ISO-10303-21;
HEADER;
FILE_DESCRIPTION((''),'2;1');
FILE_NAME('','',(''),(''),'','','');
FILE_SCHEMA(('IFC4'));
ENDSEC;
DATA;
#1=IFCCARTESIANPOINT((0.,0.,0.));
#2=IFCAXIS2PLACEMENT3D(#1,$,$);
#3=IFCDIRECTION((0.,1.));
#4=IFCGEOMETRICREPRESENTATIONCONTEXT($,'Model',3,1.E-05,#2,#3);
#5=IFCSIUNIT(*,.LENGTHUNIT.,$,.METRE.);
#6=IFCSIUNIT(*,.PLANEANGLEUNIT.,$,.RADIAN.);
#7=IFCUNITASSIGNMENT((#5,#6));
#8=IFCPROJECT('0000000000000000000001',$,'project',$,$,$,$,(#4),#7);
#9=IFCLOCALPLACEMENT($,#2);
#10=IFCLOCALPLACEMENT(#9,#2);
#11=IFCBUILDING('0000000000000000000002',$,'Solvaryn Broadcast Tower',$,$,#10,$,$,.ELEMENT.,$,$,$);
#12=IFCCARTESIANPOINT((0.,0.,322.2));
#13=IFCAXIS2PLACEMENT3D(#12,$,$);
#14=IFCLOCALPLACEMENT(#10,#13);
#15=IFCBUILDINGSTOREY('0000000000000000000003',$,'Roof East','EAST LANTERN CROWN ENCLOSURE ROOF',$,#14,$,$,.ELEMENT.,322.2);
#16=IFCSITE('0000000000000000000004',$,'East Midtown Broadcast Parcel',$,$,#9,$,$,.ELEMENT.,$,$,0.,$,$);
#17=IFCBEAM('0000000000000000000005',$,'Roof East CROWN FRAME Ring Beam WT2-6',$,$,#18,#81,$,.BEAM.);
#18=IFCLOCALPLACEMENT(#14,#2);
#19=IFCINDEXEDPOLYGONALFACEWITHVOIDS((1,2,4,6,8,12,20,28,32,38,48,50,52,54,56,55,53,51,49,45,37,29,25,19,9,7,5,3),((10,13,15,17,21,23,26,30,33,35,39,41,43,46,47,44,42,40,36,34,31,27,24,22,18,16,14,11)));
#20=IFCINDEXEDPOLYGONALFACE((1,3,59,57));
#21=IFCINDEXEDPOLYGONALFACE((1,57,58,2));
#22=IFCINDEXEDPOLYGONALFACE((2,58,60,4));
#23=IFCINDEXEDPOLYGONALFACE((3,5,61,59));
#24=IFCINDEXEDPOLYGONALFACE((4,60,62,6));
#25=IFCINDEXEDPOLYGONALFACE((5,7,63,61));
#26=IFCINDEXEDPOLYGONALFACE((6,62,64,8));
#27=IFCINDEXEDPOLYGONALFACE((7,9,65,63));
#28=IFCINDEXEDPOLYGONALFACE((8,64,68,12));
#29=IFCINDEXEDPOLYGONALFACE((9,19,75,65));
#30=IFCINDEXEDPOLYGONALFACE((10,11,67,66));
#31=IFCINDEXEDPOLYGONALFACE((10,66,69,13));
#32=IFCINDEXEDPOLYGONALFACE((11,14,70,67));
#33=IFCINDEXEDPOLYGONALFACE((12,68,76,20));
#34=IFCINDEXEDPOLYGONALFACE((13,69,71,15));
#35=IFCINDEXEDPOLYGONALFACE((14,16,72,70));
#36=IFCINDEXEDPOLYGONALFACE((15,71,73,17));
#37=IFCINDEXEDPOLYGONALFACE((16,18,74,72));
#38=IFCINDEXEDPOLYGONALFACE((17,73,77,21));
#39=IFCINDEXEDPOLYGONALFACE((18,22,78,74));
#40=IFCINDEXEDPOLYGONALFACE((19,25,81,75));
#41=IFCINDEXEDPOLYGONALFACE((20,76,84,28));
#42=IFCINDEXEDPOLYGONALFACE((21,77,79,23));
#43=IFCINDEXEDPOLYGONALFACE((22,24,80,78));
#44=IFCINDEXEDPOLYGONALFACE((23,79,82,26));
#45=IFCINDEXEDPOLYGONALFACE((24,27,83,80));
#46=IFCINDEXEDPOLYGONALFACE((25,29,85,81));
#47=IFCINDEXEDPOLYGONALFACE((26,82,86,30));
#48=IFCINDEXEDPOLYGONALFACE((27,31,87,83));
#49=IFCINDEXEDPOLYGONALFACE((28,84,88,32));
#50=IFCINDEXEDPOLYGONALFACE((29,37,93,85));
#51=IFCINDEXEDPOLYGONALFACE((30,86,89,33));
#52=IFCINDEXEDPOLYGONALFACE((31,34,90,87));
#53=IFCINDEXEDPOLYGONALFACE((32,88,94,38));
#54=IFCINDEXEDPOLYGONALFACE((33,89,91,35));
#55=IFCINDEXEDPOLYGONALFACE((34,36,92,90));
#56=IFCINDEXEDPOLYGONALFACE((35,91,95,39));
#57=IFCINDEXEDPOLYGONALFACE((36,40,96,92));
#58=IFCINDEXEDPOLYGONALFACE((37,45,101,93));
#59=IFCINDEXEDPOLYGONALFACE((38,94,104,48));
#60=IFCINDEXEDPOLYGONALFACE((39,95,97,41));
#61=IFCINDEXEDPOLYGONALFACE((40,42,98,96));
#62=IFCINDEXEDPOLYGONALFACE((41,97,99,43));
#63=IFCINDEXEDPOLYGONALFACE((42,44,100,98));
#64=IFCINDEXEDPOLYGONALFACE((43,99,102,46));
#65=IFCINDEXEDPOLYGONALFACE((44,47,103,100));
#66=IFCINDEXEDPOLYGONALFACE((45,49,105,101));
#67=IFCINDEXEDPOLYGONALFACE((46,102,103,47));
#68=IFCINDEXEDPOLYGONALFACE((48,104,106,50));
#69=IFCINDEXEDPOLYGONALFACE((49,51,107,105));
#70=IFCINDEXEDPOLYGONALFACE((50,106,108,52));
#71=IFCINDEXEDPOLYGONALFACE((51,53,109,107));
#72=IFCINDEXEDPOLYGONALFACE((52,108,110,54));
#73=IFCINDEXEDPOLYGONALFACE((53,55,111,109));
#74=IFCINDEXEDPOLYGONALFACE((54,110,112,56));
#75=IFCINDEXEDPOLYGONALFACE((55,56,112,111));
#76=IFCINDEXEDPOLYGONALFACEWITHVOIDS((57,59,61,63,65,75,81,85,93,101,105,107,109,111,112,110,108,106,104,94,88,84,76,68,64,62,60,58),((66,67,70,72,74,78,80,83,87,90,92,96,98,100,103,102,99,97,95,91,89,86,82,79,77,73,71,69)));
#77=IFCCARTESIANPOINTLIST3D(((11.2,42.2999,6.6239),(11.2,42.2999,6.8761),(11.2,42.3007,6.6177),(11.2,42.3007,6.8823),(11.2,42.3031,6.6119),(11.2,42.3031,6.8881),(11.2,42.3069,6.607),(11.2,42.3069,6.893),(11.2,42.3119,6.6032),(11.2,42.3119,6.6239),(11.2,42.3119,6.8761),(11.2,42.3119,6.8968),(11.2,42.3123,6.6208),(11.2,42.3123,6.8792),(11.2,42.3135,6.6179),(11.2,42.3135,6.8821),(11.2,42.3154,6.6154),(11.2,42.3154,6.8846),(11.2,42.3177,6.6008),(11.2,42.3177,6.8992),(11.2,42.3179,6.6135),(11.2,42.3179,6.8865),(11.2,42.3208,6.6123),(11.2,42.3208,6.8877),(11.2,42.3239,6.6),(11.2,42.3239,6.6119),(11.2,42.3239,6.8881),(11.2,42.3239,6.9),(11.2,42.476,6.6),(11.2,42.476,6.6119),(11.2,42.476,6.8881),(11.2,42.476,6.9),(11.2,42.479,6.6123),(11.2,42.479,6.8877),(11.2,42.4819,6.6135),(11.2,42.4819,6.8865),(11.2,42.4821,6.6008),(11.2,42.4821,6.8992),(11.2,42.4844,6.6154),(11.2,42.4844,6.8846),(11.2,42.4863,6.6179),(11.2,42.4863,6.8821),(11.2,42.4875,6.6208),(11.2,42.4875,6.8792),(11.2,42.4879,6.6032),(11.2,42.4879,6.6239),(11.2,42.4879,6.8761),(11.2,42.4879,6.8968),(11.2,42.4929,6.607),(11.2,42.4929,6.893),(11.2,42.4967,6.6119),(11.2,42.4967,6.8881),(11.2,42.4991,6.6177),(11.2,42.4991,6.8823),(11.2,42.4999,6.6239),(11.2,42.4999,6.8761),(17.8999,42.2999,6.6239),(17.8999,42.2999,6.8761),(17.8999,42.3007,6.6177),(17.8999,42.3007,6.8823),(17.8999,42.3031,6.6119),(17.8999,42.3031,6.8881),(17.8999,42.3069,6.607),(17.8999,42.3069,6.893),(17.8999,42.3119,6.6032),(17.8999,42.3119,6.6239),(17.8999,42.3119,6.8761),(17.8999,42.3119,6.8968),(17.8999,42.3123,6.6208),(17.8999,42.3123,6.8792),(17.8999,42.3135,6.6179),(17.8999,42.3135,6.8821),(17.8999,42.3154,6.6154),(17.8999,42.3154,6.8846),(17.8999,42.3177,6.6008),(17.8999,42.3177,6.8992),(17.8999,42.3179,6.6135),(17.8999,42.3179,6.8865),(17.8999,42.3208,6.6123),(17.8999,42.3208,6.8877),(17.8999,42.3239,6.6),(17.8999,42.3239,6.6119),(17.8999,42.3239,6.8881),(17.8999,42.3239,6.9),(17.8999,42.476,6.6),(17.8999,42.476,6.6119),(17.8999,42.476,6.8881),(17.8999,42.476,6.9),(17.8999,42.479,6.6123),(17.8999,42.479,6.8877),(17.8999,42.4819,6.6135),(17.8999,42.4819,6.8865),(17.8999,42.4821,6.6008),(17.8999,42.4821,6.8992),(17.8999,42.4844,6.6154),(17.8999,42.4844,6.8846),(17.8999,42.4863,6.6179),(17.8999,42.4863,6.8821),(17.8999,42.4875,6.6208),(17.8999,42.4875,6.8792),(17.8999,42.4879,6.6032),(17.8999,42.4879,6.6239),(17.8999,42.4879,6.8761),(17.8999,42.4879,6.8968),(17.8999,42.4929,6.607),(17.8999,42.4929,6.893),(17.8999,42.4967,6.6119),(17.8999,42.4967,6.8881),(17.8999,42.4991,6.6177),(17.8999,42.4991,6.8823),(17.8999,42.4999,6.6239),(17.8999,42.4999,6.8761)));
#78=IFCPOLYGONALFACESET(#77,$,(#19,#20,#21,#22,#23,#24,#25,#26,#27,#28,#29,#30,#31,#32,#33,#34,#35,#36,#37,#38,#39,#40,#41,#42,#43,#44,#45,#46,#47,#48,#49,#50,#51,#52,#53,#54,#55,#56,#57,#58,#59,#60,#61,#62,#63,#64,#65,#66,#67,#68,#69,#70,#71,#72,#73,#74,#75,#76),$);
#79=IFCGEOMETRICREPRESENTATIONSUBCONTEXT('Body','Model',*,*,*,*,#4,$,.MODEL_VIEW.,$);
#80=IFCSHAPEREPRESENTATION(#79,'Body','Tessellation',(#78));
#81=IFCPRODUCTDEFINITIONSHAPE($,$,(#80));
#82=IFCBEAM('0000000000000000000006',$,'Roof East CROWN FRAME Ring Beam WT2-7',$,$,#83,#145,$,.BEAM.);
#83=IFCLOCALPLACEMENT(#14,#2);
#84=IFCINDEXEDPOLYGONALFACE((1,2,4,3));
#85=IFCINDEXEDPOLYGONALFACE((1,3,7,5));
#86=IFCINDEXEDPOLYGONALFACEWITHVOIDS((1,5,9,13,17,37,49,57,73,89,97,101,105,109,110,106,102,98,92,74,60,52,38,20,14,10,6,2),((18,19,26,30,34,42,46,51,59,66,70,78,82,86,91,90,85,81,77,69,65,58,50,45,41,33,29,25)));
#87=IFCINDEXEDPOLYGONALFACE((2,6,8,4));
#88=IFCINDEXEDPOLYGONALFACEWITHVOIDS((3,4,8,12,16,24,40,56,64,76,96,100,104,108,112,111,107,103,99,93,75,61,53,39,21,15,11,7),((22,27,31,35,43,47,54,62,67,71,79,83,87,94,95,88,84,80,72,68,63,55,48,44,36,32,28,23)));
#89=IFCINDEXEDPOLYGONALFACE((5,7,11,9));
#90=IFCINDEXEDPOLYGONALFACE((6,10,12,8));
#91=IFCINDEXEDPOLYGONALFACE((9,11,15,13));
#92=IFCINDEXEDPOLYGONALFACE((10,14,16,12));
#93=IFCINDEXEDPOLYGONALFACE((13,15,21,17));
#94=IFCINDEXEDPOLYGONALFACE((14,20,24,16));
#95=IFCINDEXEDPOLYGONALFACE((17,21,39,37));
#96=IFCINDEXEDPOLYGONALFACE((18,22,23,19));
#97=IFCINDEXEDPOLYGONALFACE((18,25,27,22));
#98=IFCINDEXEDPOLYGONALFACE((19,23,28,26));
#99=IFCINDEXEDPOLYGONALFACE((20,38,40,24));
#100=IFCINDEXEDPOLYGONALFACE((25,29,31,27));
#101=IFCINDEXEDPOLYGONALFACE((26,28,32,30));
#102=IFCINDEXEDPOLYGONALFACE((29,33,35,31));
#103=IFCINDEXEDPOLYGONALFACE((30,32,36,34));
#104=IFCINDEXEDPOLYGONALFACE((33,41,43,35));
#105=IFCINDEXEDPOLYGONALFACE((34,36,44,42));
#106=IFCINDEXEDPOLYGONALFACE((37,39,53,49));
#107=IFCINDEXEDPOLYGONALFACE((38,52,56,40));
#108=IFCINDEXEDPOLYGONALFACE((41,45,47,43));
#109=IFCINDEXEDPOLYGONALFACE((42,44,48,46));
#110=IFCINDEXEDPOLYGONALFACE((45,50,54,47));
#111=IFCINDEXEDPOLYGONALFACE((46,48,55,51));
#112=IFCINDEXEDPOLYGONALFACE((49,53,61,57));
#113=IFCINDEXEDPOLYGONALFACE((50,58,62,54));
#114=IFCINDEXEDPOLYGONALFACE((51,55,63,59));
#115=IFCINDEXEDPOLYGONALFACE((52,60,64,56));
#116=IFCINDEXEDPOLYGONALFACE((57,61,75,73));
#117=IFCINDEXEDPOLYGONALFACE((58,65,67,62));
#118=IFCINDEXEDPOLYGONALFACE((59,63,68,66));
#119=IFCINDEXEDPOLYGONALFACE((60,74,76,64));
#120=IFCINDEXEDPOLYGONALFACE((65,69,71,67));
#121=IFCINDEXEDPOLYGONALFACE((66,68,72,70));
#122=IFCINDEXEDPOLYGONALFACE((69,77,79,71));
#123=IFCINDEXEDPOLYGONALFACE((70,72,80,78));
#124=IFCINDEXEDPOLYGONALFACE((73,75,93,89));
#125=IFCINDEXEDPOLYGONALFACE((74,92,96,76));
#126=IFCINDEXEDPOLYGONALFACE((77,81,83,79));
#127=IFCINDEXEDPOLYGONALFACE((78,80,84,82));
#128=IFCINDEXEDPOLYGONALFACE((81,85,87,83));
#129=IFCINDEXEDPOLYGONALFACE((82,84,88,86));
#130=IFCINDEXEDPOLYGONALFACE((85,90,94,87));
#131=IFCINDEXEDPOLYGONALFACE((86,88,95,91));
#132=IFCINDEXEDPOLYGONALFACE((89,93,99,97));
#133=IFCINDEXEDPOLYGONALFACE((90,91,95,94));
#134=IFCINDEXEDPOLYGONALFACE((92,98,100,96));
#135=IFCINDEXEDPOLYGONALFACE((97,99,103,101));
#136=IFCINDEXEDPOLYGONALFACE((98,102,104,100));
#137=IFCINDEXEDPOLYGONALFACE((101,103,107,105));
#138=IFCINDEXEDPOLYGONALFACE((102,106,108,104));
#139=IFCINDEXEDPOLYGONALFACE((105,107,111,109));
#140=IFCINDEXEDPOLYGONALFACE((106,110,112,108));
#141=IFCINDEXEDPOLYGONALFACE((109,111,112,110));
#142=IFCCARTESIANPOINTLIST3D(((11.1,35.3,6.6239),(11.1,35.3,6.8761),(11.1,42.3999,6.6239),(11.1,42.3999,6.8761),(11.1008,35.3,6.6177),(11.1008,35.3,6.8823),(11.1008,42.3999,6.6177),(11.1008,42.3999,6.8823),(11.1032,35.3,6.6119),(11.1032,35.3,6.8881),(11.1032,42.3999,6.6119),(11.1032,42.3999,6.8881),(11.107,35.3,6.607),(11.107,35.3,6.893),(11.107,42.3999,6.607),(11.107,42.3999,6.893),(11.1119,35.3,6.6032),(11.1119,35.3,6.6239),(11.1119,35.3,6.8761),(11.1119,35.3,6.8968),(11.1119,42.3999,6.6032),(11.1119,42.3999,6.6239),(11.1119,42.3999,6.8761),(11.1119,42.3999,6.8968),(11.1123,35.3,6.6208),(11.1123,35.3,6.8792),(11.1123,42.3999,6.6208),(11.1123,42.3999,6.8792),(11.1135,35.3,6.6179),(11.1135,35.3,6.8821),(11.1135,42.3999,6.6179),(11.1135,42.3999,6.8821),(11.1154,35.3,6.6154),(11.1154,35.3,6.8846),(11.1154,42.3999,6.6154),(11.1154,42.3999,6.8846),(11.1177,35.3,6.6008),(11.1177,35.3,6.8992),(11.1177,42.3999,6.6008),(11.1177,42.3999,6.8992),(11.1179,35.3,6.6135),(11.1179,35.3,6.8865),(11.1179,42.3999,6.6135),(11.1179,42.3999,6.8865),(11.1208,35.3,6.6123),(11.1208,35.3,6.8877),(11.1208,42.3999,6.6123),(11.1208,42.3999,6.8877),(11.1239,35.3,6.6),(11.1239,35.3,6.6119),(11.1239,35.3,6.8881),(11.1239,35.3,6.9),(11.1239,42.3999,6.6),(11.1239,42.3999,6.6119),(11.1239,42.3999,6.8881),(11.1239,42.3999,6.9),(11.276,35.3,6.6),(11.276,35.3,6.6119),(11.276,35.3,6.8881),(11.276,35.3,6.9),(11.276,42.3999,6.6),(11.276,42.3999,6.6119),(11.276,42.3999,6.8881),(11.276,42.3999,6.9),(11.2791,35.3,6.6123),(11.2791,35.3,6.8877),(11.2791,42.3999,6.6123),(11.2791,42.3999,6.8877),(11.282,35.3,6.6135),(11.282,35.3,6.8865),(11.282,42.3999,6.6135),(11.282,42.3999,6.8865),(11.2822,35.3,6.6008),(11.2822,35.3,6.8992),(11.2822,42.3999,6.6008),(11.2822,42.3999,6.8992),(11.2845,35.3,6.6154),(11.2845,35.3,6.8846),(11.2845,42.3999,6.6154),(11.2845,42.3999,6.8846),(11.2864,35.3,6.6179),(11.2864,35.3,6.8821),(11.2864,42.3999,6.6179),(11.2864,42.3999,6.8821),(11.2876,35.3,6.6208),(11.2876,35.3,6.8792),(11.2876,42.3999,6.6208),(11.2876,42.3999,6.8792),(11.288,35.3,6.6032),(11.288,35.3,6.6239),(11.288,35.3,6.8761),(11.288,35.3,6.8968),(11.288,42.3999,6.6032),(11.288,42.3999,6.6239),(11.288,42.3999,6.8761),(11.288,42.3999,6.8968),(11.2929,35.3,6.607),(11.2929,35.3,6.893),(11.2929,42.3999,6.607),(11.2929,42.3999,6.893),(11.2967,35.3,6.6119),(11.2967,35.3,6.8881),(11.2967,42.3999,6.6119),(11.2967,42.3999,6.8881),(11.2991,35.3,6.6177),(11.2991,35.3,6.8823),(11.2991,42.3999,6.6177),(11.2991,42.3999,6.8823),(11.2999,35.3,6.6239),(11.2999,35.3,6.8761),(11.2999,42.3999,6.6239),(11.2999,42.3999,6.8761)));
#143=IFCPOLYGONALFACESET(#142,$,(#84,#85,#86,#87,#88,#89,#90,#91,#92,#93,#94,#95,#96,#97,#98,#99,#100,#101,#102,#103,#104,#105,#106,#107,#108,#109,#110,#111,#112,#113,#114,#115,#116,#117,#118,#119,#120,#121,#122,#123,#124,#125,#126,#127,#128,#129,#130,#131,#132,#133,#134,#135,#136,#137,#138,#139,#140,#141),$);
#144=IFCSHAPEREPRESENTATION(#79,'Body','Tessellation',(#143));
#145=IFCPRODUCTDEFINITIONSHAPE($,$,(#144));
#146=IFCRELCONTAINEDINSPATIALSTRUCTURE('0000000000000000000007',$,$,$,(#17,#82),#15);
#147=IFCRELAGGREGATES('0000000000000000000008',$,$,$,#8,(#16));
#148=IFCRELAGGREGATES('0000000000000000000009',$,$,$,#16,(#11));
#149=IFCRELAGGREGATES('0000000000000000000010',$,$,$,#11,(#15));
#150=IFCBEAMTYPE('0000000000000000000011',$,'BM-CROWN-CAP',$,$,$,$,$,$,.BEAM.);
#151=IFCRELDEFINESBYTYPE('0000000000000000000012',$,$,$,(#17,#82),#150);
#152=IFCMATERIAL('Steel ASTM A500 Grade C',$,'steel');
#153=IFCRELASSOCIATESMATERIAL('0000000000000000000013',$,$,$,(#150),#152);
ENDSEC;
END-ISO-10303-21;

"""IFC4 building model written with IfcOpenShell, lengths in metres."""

from ifc_helpers import new_model, si_unit, direction, frame, origin, origin_2d, place, context, subcontext, project, spatial, hollow_rectangle, extrude, material, material_profile, profile_set, type_object, element, save


model = new_model("IFC4")

# Units and contexts
model_context = context("Model", 3, precision=1e-05, world=origin(), true_north=direction((0.0, 1.0)))
body_context = subcontext(model_context, "Body", "Model", "MODEL_VIEW")
ifc_project = project(units=[si_unit("LENGTHUNIT", "METRE"), si_unit("PLANEANGLEUNIT", "RADIAN")], contexts=[model_context])

# Site, building, storey
site_placement = place(None, origin())
site = spatial("IfcSite", under=ifc_project, at=site_placement, Name="East Midtown Broadcast Parcel", CompositionType="ELEMENT", RefElevation=0.0)
building_placement = place(site_placement, origin())
building = spatial("IfcBuilding", under=site, at=building_placement, Name="Solvaryn Broadcast Tower", CompositionType="ELEMENT")
storey_placement = place(building_placement, frame((0.0, 0.0, 322.2)))
storey = spatial("IfcBuildingStorey", under=building, at=storey_placement, Name="Roof East", Description="EAST LANTERN CROWN ENCLOSURE ROOF", CompositionType="ELEMENT", Elevation=322.2)

# Beams
ifc_material_1 = material(Name="Steel ASTM A500 Grade C", Category="steel")
ifc_material_profile_1 = material_profile(ifc_material_1, hollow_rectangle(XDim=0.2, YDim=0.3, WallThickness=0.012, InnerFilletRadius=0.012, OuterFilletRadius=0.0239, at=origin_2d()))
ifc_profile_set_1 = profile_set([ifc_material_profile_1], Name="Steel ASTM A500 Grade C")
beam_type_1 = type_object("IfcBeamType", Name="BM-CROWN-CAP", PredefinedType="BEAM", material=ifc_profile_set_1)
beam_1_placement = place(storey_placement, frame((17.8999, 42.3999, 6.75), z_axis=(-1.0, 0.0, 0.0), x_axis=(0.0, -1.0, 0.0)))
element("IfcBeam", 1, at=beam_1_placement, inside=storey, type_object=beam_type_1, Name="Roof East CROWN FRAME Ring Beam WT2-6", PredefinedType="BEAM", context=body_context, shape_type="SweptSolid", body=[
    extrude(hollow_rectangle(XDim=0.2, YDim=0.3, WallThickness=0.012, InnerFilletRadius=0.012, OuterFilletRadius=0.0239, at=origin_2d()), origin(), (0.0, 0.0, 1.0), 6.7),
])
beam_2_placement = place(storey_placement, frame((11.2, 42.3999, 6.75), z_axis=(0.0, -1.0, 0.0), x_axis=(1.0, 0.0, 0.0)))
element("IfcBeam", 2, at=beam_2_placement, inside=storey, type_object=beam_type_1, Name="Roof East CROWN FRAME Ring Beam WT2-7", PredefinedType="BEAM", context=body_context, shape_type="SweptSolid", body=[
    extrude(hollow_rectangle(XDim=0.2, YDim=0.3, WallThickness=0.012, InnerFilletRadius=0.012, OuterFilletRadius=0.0239, at=origin_2d()), origin(), (0.0, 0.0, 1.0), 7.0999),
])

save(model, "model.ifc")
